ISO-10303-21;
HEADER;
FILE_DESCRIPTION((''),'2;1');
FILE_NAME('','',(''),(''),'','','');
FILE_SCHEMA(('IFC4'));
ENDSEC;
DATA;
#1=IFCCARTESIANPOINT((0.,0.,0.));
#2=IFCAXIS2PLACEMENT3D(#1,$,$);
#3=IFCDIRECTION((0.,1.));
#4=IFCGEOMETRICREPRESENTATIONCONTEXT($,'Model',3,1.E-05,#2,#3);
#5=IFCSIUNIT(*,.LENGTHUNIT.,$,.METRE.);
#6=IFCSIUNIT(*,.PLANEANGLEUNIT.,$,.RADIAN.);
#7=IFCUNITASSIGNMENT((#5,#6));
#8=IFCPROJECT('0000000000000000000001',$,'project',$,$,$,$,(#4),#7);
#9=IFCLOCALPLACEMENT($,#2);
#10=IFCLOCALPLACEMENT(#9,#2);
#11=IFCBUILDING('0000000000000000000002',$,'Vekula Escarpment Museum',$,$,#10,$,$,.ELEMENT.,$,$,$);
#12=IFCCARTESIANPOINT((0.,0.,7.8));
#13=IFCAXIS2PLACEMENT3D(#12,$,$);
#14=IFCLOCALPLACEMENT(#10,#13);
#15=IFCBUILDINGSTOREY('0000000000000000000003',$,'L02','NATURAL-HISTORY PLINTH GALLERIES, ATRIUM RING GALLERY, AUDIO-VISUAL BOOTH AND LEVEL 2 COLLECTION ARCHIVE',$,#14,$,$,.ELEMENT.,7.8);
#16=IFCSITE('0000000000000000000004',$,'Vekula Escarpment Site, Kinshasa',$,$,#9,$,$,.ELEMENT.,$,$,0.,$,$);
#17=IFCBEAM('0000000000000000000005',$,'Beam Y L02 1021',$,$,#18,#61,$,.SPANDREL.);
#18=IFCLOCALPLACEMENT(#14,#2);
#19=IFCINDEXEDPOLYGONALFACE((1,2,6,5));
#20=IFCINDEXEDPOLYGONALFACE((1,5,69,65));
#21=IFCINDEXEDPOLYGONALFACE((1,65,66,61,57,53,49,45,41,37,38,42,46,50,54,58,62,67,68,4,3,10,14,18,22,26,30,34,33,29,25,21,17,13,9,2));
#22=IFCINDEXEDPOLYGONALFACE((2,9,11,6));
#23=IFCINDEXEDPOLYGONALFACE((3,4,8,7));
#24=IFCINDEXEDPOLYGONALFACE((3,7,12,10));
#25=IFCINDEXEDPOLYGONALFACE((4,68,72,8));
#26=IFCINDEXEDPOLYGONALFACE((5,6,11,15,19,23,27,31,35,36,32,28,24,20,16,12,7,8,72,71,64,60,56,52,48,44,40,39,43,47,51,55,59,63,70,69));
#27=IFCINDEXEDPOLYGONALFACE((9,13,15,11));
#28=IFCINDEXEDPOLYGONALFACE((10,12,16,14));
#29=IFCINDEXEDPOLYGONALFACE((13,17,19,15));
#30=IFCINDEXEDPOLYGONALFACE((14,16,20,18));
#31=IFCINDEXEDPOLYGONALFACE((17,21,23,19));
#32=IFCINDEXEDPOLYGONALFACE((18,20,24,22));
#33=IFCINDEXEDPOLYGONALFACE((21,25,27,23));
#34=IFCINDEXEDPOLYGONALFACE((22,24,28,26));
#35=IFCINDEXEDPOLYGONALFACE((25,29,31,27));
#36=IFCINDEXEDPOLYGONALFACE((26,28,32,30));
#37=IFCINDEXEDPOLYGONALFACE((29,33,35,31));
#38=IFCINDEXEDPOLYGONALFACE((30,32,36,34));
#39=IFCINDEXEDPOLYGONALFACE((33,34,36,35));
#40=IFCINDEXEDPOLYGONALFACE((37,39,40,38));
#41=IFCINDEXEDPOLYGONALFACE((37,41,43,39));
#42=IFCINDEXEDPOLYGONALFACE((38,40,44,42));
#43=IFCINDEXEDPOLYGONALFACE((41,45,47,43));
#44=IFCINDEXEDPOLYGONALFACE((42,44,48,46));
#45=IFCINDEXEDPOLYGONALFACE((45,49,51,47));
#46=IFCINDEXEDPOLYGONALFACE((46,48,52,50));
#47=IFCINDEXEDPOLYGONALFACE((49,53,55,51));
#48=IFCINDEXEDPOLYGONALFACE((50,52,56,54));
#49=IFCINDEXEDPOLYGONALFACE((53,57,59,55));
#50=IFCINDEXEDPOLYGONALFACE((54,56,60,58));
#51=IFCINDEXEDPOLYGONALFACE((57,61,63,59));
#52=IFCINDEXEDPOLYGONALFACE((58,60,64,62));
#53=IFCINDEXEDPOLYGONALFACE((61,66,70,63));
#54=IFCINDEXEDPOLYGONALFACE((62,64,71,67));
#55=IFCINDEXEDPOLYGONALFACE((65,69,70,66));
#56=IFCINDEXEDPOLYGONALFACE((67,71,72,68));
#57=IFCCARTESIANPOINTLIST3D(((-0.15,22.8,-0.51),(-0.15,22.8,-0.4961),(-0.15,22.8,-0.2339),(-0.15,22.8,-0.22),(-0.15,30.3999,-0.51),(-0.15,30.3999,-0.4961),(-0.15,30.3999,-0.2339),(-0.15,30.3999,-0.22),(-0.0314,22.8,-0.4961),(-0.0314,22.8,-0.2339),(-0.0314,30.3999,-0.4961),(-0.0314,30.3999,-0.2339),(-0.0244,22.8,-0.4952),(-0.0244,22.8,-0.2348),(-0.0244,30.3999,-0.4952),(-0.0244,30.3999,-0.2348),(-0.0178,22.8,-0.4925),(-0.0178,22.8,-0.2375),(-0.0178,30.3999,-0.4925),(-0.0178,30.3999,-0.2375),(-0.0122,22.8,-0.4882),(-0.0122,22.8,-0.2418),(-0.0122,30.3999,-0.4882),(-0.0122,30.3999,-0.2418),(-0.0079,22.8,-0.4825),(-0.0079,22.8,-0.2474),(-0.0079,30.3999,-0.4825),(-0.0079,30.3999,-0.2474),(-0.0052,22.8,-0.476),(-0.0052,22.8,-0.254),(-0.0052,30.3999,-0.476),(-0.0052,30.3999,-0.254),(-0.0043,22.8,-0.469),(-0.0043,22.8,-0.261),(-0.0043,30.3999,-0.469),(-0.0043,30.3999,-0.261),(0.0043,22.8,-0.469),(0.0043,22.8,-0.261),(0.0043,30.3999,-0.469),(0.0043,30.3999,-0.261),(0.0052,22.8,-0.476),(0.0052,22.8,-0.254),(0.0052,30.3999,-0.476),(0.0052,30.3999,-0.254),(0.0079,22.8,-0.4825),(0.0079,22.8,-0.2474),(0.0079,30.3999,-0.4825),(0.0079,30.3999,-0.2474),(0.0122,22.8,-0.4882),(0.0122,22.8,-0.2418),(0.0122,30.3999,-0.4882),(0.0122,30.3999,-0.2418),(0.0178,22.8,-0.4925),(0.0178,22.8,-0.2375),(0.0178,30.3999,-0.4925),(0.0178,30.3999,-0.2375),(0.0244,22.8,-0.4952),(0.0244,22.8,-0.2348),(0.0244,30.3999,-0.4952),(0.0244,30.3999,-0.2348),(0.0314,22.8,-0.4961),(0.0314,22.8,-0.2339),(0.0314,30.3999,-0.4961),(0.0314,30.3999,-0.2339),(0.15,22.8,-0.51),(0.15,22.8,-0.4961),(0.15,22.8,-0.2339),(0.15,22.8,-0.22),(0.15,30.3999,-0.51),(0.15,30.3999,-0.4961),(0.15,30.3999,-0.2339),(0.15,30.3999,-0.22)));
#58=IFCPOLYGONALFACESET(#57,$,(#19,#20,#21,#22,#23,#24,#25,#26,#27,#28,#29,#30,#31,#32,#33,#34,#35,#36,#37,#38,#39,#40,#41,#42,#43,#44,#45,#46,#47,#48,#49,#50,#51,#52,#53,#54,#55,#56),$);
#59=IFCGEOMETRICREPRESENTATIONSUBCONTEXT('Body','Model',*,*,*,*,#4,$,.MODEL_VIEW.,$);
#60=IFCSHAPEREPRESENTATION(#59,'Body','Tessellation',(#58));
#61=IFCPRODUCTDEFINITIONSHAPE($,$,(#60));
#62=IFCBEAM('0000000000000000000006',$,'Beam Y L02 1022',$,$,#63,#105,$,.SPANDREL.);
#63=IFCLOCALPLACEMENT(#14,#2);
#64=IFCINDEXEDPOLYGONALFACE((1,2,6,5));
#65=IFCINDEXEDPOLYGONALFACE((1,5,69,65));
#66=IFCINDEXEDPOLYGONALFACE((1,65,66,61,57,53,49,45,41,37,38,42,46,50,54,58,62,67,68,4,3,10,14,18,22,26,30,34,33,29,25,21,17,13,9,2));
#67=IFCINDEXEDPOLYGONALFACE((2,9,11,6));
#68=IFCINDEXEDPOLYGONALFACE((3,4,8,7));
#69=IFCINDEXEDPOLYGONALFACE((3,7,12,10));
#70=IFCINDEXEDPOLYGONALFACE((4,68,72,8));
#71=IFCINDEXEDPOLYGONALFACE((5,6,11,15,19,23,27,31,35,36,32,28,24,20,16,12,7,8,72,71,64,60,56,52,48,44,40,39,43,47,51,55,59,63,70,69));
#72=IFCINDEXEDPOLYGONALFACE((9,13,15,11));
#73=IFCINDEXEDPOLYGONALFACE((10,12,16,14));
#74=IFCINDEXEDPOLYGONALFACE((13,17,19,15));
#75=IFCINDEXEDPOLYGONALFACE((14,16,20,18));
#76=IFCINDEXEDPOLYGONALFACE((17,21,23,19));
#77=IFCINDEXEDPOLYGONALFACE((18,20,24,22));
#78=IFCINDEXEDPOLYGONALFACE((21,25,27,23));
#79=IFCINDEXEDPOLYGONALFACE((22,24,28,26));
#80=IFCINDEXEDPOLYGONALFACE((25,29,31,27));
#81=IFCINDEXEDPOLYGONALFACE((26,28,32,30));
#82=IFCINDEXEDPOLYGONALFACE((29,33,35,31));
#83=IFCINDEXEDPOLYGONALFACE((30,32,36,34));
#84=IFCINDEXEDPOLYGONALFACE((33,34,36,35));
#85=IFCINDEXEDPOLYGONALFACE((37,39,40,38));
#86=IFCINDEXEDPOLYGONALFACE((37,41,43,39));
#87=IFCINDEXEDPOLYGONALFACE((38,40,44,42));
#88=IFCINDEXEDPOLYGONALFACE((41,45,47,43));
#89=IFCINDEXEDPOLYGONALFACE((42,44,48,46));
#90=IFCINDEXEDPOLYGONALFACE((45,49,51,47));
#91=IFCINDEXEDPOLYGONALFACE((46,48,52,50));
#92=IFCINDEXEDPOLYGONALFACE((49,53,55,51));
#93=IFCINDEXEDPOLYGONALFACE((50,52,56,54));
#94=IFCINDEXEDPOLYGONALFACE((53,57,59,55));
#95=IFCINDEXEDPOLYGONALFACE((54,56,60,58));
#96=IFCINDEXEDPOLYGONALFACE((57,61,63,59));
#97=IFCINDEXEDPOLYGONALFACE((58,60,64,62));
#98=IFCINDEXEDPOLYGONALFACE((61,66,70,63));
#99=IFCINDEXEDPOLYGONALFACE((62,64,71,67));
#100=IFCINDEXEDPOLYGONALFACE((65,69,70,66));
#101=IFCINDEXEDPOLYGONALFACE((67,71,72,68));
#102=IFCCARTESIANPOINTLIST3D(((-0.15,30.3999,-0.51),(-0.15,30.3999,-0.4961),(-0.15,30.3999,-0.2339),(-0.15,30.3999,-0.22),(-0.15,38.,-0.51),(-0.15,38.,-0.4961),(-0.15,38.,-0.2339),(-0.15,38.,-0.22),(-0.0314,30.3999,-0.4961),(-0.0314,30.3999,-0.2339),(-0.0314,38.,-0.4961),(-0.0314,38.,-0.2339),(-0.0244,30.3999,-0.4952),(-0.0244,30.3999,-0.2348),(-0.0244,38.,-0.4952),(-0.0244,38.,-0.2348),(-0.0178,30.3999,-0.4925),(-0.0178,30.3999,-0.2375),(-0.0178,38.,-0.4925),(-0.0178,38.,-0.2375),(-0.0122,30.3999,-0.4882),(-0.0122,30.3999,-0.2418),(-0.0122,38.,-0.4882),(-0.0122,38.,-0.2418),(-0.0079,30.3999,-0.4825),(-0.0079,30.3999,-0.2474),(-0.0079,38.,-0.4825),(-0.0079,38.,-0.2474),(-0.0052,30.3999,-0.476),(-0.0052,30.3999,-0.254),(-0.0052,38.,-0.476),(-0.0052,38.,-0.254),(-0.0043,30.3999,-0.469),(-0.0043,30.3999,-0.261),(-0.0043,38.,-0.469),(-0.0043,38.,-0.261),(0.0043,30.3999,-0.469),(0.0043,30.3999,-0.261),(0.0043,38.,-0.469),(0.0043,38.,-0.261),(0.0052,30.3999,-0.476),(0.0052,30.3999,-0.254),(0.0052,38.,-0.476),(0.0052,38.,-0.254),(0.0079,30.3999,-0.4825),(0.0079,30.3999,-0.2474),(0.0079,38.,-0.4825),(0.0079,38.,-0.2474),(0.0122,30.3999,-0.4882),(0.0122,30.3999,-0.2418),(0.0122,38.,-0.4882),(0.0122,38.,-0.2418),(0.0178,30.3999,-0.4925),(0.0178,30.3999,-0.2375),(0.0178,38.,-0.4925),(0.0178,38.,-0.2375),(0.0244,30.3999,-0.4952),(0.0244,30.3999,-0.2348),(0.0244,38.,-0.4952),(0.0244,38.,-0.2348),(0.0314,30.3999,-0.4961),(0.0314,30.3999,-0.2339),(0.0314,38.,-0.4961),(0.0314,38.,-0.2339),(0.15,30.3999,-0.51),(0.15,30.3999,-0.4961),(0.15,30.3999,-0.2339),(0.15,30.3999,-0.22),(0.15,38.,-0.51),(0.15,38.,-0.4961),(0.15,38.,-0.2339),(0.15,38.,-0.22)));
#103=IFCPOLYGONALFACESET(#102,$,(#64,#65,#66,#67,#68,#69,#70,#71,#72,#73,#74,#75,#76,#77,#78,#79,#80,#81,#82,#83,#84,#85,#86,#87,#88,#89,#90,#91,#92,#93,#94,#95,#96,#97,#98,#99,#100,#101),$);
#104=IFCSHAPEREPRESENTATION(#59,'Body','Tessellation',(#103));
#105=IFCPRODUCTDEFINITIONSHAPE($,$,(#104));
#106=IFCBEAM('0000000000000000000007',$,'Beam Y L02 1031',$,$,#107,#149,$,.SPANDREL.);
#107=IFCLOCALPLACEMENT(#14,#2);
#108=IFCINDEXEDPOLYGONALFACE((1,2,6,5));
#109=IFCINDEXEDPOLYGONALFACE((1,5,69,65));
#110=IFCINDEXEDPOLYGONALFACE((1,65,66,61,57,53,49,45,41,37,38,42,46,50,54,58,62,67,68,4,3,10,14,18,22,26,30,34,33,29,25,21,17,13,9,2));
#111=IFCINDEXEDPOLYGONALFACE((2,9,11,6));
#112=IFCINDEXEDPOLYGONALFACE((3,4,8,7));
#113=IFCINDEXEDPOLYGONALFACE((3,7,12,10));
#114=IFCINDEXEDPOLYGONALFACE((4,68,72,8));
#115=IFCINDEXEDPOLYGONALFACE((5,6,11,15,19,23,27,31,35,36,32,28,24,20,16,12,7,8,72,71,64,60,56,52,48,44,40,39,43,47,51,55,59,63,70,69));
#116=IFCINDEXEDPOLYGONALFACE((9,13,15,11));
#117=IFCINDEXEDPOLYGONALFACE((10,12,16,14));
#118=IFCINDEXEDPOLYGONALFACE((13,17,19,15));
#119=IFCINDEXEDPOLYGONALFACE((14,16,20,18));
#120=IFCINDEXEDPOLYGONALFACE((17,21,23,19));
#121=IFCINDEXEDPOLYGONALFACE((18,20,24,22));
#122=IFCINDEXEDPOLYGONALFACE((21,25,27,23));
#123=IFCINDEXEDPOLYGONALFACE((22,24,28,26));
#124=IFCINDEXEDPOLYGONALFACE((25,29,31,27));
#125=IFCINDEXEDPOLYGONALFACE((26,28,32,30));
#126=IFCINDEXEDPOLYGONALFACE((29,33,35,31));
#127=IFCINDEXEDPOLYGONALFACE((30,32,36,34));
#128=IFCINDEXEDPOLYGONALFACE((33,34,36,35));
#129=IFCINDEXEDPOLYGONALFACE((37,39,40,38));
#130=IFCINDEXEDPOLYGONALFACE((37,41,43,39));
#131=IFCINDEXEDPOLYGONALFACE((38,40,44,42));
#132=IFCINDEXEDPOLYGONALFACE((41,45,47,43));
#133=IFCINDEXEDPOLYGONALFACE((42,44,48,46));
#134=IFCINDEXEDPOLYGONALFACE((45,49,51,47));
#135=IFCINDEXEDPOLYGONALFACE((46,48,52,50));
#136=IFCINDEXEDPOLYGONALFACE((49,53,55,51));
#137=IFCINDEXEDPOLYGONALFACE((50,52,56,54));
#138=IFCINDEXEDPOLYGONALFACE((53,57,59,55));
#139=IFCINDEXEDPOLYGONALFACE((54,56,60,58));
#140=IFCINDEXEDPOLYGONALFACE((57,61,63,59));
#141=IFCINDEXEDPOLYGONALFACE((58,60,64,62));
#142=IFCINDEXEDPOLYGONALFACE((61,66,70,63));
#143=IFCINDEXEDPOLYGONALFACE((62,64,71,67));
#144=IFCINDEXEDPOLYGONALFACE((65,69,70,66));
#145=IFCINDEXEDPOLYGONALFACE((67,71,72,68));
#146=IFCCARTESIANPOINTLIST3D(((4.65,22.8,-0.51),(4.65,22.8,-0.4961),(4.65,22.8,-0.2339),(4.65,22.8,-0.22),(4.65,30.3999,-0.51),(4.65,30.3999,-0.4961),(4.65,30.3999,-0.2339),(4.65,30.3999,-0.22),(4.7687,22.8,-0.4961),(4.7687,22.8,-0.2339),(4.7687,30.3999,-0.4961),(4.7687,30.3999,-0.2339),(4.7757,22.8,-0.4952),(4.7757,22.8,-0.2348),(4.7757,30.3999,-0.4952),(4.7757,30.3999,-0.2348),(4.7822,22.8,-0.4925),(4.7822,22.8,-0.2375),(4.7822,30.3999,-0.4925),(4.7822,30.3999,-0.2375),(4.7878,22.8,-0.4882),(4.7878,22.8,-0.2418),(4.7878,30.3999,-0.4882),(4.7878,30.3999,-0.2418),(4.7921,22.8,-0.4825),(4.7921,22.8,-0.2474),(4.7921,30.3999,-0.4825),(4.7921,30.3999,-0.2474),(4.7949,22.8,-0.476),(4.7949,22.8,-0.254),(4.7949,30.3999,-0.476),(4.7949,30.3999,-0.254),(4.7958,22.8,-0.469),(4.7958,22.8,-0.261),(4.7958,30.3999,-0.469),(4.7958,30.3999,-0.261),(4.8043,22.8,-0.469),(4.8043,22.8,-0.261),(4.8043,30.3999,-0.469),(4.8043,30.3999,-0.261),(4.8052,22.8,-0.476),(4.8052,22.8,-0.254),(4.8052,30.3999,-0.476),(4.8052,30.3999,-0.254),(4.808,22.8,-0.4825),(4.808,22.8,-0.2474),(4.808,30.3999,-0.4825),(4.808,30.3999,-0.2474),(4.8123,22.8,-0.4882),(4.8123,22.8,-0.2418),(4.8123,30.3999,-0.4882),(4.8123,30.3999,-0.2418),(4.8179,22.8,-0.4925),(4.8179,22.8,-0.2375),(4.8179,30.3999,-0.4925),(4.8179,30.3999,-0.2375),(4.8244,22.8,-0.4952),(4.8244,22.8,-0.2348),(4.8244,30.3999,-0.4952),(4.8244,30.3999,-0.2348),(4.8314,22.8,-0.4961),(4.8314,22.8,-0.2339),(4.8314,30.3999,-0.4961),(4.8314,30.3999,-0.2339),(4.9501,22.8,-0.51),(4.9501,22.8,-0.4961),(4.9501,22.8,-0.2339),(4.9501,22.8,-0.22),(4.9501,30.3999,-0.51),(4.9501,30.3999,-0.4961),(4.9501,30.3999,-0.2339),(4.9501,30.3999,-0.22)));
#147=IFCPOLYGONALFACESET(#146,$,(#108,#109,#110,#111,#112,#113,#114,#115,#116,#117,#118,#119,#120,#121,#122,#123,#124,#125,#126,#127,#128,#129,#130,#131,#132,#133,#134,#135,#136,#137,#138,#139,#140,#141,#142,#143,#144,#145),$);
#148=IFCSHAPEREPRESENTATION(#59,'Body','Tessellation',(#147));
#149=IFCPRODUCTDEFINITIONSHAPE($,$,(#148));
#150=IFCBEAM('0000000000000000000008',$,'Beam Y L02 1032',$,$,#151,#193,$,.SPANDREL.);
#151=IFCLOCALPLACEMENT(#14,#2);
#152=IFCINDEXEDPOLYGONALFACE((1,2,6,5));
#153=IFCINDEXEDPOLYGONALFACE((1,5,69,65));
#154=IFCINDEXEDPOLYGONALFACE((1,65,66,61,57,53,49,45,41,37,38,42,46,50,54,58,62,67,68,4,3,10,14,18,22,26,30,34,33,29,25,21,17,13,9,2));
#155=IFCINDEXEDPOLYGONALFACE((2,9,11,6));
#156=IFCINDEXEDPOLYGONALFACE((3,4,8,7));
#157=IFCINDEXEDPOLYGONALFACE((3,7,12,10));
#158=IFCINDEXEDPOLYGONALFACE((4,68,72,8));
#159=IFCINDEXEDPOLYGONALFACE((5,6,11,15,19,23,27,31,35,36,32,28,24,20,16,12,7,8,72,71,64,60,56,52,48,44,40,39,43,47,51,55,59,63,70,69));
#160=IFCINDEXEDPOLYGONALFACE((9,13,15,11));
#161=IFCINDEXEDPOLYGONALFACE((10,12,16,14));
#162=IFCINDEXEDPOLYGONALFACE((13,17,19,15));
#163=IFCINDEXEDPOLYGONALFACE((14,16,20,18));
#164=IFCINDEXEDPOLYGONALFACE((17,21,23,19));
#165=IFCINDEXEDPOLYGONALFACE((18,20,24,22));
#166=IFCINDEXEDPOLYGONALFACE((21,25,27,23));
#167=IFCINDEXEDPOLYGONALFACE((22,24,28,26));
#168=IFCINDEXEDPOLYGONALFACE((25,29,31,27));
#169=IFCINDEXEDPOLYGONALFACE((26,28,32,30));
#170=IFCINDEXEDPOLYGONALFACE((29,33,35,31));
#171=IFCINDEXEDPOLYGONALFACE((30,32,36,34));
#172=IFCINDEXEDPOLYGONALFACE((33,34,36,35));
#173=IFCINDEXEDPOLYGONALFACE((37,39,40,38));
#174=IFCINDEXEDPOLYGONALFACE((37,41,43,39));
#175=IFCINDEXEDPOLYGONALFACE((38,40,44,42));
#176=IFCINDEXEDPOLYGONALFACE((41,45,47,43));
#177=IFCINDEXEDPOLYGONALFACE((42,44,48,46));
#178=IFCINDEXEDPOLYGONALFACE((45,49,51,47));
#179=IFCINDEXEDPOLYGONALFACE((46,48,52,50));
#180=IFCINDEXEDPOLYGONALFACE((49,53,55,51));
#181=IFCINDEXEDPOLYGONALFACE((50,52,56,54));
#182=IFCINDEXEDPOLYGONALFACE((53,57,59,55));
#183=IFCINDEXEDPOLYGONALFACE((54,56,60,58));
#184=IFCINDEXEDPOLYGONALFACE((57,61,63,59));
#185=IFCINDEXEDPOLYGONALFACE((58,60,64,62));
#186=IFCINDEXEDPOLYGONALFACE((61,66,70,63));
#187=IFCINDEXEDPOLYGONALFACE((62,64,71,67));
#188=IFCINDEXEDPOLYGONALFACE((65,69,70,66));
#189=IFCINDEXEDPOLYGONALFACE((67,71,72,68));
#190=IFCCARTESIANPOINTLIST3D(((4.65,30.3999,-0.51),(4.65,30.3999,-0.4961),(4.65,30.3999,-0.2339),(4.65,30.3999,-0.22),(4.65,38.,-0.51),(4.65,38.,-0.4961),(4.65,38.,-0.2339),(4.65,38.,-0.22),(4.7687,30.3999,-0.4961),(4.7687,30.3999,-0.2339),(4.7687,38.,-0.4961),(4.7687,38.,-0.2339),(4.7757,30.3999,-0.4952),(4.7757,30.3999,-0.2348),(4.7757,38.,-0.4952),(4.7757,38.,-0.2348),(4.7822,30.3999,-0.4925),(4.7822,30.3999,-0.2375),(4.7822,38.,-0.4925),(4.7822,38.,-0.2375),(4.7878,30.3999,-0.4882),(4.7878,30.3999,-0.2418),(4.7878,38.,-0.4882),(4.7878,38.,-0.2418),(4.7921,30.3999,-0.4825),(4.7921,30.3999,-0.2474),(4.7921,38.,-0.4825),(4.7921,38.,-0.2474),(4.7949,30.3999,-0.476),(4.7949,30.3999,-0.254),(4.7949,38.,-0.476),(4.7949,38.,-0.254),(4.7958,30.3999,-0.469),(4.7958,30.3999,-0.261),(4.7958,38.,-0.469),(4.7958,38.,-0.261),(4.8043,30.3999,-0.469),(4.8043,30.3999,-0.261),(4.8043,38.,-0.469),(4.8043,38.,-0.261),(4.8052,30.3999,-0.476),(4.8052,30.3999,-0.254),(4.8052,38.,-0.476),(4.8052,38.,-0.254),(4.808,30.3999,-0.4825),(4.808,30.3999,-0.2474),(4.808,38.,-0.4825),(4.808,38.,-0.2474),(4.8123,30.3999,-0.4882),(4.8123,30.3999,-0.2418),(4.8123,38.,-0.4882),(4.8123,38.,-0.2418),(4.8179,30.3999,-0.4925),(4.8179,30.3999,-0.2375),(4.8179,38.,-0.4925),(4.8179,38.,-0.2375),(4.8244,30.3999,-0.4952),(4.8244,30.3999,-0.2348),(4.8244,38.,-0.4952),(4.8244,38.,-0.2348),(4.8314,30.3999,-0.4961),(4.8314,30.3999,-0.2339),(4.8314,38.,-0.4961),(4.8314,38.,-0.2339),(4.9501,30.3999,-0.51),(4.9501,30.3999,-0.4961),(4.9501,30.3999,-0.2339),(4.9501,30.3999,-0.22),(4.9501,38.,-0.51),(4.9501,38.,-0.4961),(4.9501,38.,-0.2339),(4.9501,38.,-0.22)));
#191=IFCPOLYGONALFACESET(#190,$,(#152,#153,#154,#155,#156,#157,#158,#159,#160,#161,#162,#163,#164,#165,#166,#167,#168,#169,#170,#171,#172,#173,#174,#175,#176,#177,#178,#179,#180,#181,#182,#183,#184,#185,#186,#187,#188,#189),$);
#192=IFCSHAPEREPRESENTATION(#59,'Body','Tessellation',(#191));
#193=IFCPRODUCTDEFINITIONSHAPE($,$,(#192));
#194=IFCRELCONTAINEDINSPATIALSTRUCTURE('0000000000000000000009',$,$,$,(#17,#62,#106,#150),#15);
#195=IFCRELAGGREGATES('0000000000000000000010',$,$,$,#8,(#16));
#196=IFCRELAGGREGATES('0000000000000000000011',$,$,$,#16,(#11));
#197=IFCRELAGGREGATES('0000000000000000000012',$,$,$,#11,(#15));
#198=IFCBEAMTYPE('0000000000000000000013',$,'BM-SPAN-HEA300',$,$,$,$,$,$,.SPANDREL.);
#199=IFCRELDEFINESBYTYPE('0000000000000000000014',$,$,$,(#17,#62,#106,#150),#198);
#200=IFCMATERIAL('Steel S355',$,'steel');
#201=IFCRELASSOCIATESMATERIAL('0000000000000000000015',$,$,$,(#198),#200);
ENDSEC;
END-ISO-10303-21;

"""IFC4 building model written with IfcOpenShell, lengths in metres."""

from ifc_helpers import new_model, si_unit, direction, frame, origin, origin_2d, place, context, subcontext, project, spatial, i_section, extrude, material, material_profile, profile_set, type_object, element, save


model = new_model("IFC4")

# Units and contexts
model_context = context("Model", 3, precision=1e-05, world=origin(), true_north=direction((0.0, 1.0)))
body_context = subcontext(model_context, "Body", "Model", "MODEL_VIEW")
ifc_project = project(units=[si_unit("LENGTHUNIT", "METRE"), si_unit("PLANEANGLEUNIT", "RADIAN")], contexts=[model_context])

# Site, building, storey
site_placement = place(None, origin())
site = spatial("IfcSite", under=ifc_project, at=site_placement, Name="Vekula Escarpment Site, Kinshasa", CompositionType="ELEMENT", RefElevation=0.0)
building_placement = place(site_placement, origin())
building = spatial("IfcBuilding", under=site, at=building_placement, Name="Vekula Escarpment Museum", CompositionType="ELEMENT")
storey_placement = place(building_placement, frame((0.0, 0.0, 7.8)))
storey = spatial("IfcBuildingStorey", under=building, at=storey_placement, Name="L02", Description="NATURAL-HISTORY PLINTH GALLERIES, ATRIUM RING GALLERY, AUDIO-VISUAL BOOTH AND LEVEL 2 COLLECTION ARCHIVE", CompositionType="ELEMENT", Elevation=7.8)

# Beams
ifc_material_1 = material(Name="Steel S355", Category="steel")
ifc_material_profile_1 = material_profile(ifc_material_1, i_section(OverallWidth=0.3, OverallDepth=0.29, WebThickness=0.0085, FlangeThickness=0.0139, FilletRadius=0.0271, at=origin_2d()), Name="HEA 300")
ifc_profile_set_1 = profile_set([ifc_material_profile_1], Name="Steel S355")
beam_type_1 = type_object("IfcBeamType", Name="BM-SPAN-HEA300", PredefinedType="SPANDREL", material=ifc_profile_set_1)
beam_1_placement = place(storey_placement, frame((0.0, 22.8, -0.365), z_axis=(0.0, 1.0, 0.0), x_axis=(-1.0, 0.0, 0.0)))
element("IfcBeam", 1, at=beam_1_placement, inside=storey, type_object=beam_type_1, Name="Beam Y L02 1021", PredefinedType="SPANDREL", context=body_context, shape_type="SweptSolid", body=[
    extrude(i_section(OverallWidth=0.3, OverallDepth=0.29, WebThickness=0.0085, FlangeThickness=0.0139, FilletRadius=0.0271, at=origin_2d()), origin(), (0.0, 0.0, 1.0), 7.5999),
])
beam_2_placement = place(storey_placement, frame((0.0, 30.3999, -0.365), z_axis=(0.0, 1.0, 0.0), x_axis=(-1.0, 0.0, 0.0)))
element("IfcBeam", 2, at=beam_2_placement, inside=storey, type_object=beam_type_1, Name="Beam Y L02 1022", PredefinedType="SPANDREL", context=body_context, shape_type="SweptSolid", body=[
    extrude(i_section(OverallWidth=0.3, OverallDepth=0.29, WebThickness=0.0085, FlangeThickness=0.0139, FilletRadius=0.0271, at=origin_2d()), origin(), (0.0, 0.0, 1.0), 7.6001),
])
beam_3_placement = place(storey_placement, frame((4.8, 22.8, -0.365), z_axis=(0.0, 1.0, 0.0), x_axis=(-1.0, 0.0, 0.0)))
element("IfcBeam", 3, at=beam_3_placement, inside=storey, type_object=beam_type_1, Name="Beam Y L02 1031", PredefinedType="SPANDREL", context=body_context, shape_type="SweptSolid", body=[
    extrude(i_section(OverallWidth=0.3, OverallDepth=0.29, WebThickness=0.0085, FlangeThickness=0.0139, FilletRadius=0.0271, at=origin_2d()), origin(), (0.0, 0.0, 1.0), 7.5999),
])
beam_4_placement = place(storey_placement, frame((4.8, 30.3999, -0.365), z_axis=(0.0, 1.0, 0.0), x_axis=(-1.0, 0.0, 0.0)))
element("IfcBeam", 4, at=beam_4_placement, inside=storey, type_object=beam_type_1, Name="Beam Y L02 1032", PredefinedType="SPANDREL", context=body_context, shape_type="SweptSolid", body=[
    extrude(i_section(OverallWidth=0.3, OverallDepth=0.29, WebThickness=0.0085, FlangeThickness=0.0139, FilletRadius=0.0271, at=origin_2d()), origin(), (0.0, 0.0, 1.0), 7.6001),
])

save(model, "model.ifc")
